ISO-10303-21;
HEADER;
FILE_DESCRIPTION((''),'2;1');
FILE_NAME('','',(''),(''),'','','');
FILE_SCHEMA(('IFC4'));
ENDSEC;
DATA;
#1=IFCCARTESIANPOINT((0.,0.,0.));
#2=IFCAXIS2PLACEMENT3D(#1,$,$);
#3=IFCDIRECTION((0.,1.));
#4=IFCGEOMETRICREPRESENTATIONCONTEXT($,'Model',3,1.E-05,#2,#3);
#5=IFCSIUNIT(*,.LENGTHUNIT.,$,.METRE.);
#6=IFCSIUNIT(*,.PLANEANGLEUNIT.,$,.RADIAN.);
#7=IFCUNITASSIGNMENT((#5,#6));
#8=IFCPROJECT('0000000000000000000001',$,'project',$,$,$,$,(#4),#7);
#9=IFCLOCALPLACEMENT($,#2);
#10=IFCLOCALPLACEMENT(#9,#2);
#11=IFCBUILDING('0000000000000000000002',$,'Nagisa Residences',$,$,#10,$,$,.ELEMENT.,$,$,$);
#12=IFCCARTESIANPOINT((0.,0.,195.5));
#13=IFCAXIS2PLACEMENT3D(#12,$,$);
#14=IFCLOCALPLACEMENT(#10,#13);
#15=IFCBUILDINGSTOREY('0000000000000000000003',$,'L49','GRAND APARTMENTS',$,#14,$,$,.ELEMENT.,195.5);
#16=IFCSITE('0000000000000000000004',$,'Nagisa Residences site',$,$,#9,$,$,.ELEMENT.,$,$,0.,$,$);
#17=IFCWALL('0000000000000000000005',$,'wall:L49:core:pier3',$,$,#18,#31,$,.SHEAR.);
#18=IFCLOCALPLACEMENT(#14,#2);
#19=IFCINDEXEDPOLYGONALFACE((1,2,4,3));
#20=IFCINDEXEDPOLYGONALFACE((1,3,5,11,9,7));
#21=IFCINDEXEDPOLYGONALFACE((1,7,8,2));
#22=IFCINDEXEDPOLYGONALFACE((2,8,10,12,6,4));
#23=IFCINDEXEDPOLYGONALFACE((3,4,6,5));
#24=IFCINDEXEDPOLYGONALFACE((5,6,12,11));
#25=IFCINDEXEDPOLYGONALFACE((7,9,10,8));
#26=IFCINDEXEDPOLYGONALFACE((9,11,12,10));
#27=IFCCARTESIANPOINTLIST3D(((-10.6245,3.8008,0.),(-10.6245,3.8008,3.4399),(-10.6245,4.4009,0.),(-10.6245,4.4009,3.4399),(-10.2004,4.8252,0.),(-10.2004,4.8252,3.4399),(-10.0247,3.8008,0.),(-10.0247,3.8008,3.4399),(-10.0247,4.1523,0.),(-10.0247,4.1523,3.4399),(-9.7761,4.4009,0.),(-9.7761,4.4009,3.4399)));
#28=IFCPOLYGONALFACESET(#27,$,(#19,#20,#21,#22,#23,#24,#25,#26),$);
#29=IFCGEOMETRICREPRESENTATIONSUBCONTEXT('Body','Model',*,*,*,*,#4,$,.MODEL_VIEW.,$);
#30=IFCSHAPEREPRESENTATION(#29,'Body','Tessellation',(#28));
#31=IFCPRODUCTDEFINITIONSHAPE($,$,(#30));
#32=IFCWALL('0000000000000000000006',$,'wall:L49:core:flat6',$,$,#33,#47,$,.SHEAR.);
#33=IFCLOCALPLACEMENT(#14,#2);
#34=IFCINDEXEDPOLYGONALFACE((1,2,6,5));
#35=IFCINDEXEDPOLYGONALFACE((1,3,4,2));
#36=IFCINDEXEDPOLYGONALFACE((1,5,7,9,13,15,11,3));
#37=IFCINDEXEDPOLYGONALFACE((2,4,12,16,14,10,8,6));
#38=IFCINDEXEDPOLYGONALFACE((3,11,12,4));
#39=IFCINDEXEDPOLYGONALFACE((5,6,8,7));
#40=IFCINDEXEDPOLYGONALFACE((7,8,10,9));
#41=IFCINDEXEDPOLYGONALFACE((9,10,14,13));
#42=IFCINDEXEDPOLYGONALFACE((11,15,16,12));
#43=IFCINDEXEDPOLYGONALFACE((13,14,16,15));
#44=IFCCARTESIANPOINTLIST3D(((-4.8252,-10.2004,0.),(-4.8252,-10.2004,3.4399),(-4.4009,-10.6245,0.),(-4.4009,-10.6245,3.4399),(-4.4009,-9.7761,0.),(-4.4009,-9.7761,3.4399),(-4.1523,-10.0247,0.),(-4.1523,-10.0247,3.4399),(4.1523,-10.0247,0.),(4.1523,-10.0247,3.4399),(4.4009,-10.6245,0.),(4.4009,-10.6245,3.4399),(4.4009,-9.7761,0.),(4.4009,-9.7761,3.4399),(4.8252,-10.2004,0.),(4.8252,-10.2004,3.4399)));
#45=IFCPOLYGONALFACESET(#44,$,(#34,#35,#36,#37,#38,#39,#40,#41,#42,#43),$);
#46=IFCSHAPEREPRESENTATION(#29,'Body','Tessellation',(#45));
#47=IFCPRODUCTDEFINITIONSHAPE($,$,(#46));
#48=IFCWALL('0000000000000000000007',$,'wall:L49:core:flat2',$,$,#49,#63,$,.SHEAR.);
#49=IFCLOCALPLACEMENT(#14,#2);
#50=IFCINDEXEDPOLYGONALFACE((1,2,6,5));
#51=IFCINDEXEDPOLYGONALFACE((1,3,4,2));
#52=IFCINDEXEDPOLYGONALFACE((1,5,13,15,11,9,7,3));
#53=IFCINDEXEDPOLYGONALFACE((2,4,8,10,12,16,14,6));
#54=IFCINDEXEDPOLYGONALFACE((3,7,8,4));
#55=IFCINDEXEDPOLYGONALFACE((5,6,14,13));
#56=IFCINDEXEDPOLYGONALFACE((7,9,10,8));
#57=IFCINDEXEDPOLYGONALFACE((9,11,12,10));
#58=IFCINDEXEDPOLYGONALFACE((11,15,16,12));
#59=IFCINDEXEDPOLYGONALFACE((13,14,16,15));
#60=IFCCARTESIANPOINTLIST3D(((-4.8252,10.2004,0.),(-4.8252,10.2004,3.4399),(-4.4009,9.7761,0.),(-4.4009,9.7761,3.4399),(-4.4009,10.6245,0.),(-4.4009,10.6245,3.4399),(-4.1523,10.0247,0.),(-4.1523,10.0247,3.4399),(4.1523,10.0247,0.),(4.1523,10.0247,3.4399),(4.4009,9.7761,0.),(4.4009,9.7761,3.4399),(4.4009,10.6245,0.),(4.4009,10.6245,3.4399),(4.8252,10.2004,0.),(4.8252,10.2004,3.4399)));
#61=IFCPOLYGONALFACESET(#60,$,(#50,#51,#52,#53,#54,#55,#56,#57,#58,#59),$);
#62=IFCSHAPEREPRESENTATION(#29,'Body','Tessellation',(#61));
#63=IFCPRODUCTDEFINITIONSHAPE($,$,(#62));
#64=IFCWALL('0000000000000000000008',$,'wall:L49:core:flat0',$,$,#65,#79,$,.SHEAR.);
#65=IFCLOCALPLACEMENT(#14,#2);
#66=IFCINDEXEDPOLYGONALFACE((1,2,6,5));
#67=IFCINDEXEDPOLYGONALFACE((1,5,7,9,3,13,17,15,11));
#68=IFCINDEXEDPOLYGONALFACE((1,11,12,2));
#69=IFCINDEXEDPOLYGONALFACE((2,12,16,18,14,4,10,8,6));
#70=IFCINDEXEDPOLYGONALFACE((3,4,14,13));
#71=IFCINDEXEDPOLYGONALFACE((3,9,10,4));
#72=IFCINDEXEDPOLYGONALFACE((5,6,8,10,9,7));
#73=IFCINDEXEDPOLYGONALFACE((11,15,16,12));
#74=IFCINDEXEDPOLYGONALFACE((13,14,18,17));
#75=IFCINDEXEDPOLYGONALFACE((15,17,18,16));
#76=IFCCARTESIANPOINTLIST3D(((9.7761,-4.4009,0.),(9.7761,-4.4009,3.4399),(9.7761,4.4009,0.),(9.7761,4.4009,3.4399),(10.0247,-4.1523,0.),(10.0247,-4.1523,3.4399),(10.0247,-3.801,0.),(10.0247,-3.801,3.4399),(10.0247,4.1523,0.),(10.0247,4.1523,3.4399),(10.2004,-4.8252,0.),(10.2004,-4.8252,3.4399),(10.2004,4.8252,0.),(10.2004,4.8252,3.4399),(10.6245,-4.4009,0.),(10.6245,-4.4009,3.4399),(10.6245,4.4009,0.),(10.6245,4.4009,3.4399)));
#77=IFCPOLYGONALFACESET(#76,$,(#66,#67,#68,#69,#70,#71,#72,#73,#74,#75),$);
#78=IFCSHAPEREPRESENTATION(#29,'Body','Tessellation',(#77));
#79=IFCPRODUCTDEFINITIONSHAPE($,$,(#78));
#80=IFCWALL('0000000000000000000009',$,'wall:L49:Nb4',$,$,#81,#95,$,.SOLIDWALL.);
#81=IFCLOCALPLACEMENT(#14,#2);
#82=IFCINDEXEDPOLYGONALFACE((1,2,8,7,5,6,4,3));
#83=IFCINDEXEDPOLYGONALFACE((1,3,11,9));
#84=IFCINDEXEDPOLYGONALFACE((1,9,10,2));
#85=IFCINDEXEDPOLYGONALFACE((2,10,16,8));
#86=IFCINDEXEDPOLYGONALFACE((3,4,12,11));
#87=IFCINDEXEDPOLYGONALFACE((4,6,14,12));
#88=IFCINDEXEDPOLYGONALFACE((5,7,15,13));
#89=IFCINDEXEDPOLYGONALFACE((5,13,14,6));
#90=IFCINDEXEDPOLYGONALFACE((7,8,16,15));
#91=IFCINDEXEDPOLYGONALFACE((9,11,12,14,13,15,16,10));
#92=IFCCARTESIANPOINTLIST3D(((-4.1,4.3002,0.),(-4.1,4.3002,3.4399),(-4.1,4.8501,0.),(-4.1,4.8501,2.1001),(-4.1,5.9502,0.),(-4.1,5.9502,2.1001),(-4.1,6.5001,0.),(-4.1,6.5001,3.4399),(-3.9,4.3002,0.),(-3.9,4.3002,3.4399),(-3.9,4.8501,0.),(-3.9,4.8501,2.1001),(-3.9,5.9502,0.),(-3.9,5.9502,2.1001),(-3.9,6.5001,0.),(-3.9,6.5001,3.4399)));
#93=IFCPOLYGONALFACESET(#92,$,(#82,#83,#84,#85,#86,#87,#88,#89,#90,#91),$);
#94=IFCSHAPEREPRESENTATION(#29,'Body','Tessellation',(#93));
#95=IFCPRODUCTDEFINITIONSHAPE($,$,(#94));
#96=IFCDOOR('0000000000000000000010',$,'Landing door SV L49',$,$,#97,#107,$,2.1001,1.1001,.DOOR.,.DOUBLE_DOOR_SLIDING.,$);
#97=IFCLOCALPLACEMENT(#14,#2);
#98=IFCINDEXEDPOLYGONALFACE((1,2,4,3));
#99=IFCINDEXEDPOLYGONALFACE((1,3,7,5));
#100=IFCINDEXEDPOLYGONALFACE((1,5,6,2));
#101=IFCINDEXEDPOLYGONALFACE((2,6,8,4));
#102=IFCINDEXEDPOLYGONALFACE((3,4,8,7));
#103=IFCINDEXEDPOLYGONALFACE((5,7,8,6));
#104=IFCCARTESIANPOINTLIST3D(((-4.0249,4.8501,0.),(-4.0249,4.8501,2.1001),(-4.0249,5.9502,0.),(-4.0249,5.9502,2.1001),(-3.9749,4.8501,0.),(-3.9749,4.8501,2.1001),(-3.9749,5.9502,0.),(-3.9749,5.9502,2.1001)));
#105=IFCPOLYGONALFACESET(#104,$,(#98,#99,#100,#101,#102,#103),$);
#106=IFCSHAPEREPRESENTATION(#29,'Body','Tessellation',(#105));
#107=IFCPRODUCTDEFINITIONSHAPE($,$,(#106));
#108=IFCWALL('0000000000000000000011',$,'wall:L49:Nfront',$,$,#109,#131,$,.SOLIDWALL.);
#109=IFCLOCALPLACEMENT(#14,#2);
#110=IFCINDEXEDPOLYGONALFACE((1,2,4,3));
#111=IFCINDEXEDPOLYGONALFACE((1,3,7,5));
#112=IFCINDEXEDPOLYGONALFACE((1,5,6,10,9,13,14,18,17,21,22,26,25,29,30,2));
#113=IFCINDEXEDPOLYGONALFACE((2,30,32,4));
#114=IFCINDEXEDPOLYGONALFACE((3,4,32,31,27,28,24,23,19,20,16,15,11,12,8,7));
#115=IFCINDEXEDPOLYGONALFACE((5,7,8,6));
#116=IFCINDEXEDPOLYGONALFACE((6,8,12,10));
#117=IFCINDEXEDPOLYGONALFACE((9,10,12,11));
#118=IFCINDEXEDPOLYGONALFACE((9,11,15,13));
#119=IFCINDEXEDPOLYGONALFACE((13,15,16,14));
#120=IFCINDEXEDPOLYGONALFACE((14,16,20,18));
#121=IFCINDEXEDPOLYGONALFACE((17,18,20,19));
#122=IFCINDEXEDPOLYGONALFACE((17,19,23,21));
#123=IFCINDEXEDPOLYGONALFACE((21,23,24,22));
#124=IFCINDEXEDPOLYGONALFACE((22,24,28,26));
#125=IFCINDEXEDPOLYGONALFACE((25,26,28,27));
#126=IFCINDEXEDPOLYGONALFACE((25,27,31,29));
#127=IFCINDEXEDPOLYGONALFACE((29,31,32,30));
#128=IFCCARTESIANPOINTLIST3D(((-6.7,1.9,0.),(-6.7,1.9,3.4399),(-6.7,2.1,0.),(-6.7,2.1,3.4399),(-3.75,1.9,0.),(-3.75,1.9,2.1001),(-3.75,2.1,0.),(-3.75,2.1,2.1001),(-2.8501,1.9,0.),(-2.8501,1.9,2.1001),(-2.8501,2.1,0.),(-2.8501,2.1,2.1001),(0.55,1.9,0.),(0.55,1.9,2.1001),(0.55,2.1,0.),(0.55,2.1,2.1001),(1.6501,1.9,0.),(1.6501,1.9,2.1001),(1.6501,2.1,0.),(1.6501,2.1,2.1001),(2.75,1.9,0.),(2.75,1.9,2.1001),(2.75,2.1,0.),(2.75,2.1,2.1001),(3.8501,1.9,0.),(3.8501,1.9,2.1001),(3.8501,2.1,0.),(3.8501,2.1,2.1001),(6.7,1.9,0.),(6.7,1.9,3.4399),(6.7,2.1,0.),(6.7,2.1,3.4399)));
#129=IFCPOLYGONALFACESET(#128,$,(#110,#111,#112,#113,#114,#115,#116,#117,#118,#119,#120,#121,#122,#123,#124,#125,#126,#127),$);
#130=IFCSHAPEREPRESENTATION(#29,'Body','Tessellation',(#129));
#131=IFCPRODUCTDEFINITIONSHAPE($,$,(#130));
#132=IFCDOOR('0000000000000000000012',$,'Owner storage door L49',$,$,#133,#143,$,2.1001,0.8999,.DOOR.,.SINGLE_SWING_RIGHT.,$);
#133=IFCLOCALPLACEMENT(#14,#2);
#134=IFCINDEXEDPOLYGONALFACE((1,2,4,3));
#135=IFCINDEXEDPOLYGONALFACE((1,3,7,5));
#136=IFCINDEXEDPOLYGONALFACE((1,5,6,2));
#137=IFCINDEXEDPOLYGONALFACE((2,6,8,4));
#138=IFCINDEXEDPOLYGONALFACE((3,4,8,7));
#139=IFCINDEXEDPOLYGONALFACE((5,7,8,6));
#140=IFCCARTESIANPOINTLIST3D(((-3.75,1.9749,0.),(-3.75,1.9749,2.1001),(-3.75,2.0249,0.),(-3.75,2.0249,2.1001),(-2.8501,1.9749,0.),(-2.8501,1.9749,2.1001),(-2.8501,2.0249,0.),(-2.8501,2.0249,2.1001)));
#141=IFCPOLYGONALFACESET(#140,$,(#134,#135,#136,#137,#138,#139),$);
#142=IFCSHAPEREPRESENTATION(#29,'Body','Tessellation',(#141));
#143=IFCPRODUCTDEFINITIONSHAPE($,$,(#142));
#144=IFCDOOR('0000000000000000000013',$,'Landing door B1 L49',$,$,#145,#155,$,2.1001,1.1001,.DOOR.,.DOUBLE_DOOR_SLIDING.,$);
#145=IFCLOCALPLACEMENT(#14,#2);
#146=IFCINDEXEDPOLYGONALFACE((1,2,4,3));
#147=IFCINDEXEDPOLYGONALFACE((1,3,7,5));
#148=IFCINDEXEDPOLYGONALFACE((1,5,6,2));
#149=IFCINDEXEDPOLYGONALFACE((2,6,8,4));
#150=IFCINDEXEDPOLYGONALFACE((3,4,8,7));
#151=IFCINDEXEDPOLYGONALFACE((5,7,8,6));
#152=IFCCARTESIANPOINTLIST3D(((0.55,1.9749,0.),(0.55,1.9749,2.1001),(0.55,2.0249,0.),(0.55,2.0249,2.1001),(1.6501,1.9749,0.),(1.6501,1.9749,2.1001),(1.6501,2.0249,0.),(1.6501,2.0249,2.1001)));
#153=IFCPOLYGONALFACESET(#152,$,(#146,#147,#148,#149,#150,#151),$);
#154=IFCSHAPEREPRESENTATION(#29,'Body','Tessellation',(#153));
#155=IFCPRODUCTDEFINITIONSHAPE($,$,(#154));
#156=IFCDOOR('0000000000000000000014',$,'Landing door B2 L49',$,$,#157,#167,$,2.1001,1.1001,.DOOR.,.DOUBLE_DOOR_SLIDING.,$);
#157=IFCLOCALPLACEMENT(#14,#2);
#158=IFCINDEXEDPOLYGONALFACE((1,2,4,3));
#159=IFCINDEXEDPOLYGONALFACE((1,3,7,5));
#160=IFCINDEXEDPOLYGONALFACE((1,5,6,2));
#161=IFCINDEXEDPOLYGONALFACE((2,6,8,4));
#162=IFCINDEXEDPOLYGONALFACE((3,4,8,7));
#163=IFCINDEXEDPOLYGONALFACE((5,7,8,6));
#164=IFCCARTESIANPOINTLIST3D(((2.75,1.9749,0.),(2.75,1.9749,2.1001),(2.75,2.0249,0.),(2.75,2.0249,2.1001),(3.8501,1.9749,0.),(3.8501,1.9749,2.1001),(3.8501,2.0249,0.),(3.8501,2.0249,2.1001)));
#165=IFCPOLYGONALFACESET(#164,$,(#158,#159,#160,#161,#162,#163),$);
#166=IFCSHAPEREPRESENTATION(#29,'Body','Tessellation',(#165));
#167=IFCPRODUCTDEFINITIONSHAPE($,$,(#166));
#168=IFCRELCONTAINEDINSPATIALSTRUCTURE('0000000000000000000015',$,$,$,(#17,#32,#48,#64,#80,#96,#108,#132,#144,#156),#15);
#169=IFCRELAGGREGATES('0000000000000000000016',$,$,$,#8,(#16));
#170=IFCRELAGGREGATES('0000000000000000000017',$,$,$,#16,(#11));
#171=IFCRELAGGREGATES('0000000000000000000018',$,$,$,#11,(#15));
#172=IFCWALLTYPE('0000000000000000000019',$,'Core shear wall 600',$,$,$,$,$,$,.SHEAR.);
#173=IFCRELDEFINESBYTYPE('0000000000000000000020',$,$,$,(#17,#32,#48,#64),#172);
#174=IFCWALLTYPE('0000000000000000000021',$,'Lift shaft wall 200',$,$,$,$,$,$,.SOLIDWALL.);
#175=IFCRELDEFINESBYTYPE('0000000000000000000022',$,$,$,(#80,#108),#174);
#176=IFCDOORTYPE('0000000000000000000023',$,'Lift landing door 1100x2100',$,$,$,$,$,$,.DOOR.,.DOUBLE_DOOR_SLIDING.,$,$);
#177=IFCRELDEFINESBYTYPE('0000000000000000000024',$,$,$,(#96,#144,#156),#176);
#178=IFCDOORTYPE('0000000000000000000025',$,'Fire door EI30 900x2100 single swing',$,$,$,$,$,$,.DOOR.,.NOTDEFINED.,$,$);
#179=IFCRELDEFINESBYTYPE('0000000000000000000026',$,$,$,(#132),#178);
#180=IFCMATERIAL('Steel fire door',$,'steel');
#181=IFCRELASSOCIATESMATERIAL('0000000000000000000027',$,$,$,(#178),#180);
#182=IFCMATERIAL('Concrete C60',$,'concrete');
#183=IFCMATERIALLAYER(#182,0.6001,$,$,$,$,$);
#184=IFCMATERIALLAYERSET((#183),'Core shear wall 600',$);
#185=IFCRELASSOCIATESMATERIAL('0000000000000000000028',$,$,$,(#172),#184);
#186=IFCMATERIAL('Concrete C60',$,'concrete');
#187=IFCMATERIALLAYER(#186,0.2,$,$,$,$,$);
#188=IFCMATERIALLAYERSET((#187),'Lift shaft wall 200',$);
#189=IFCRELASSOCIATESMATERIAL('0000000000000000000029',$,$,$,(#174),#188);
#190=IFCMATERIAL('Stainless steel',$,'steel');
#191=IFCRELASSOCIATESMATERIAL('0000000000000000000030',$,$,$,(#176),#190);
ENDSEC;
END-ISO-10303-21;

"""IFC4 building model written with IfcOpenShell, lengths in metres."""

from ifc_helpers import new_model, si_unit, direction, frame, frame_2d, origin, place, context, subcontext, project, spatial, polyline, rectangle, outline, extrude, material, layer, layer_set, type_object, element, fill, save


model = new_model("IFC4")

# Units and contexts
model_context = context("Model", 3, precision=1e-05, world=origin(), true_north=direction((0.0, 1.0)))
body_context = subcontext(model_context, "Body", "Model", "MODEL_VIEW")
ifc_project = project(units=[si_unit("LENGTHUNIT", "METRE"), si_unit("PLANEANGLEUNIT", "RADIAN")], contexts=[model_context])

# Site, building, storey
site_placement = place(None, origin())
site = spatial("IfcSite", under=ifc_project, at=site_placement, Name="Nagisa Residences site", CompositionType="ELEMENT", RefElevation=0.0)
building_placement = place(site_placement, origin())
building = spatial("IfcBuilding", under=site, at=building_placement, Name="Nagisa Residences", CompositionType="ELEMENT")
storey_placement = place(building_placement, frame((0.0, 0.0, 195.5)))
storey = spatial("IfcBuildingStorey", under=building, at=storey_placement, Name="L49", Description="GRAND APARTMENTS", CompositionType="ELEMENT", Elevation=195.5)

# Shared definitions
ifc_material_1 = material(Name="Steel fire door", Category="steel")
door_type_1 = type_object("IfcDoorType", Name="Fire door EI30 900x2100 single swing", OperationType="NOTDEFINED", PredefinedType="DOOR", material=ifc_material_1)

# Shared definitions
ifc_material_2 = material(Name="Concrete C60", Category="concrete")
ifc_layer_1 = layer(ifc_material_2, 0.6001)
ifc_layer_set_1 = layer_set([ifc_layer_1], Name="Core shear wall 600")
wall_type_1 = type_object("IfcWallType", Name="Core shear wall 600", PredefinedType="SHEAR", material=ifc_layer_set_1)

# Walls
wall_1_placement = place(storey_placement, origin())
element("IfcWall", 1, at=wall_1_placement, inside=storey, type_object=wall_type_1, Name="wall:L49:core:pier3", PredefinedType="SHEAR", context=body_context, shape_type="SweptSolid", body=[
    extrude(outline(polyline([(-10.2004, 4.8252), (-9.7761, 4.4009), (-10.0247, 4.1523), (-10.0247, 3.8008), (-10.6245, 3.8008), (-10.6245, 4.4009), (-10.2004, 4.8252)])), origin(), (0.0, 0.0, 1.0), 3.4399),
])
wall_2_placement = place(storey_placement, origin())
element("IfcWall", 2, at=wall_2_placement, inside=storey, type_object=wall_type_1, Name="wall:L49:core:flat6", PredefinedType="SHEAR", context=body_context, shape_type="SweptSolid", body=[
    extrude(outline(polyline([(-4.1523, -10.0247), (4.1523, -10.0247), (4.4009, -9.7761), (4.8252, -10.2004), (4.4009, -10.6245), (-4.4009, -10.6245), (-4.8252, -10.2004), (-4.4009, -9.7761), (-4.1523, -10.0247)])), origin(), (0.0, 0.0, 1.0), 3.4399),
])
wall_3_placement = place(storey_placement, origin())
element("IfcWall", 3, at=wall_3_placement, inside=storey, type_object=wall_type_1, Name="wall:L49:core:flat2", PredefinedType="SHEAR", context=body_context, shape_type="SweptSolid", body=[
    extrude(outline(polyline([(-4.1523, 10.0247), (-4.4009, 9.7761), (-4.8252, 10.2004), (-4.4009, 10.6245), (4.4009, 10.6245), (4.8252, 10.2004), (4.4009, 9.7761), (4.1523, 10.0247), (-4.1523, 10.0247)])), origin(), (0.0, 0.0, 1.0), 3.4399),
])
wall_4_placement = place(storey_placement, origin())
element("IfcWall", 4, at=wall_4_placement, inside=storey, type_object=wall_type_1, Name="wall:L49:core:flat0", PredefinedType="SHEAR", context=body_context, shape_type="SweptSolid", body=[
    extrude(outline(polyline([(9.7761, -4.4009), (10.0247, -4.1523), (10.0247, -3.801), (10.0247, 4.1523), (9.7761, 4.4009), (10.2004, 4.8252), (10.6245, 4.4009), (10.6245, -4.4009), (10.2004, -4.8252), (9.7761, -4.4009)])), origin(), (0.0, 0.0, 1.0), 3.4399),
])

# Wall, opening, door
ifc_material_3 = material(Name="Concrete C60", Category="concrete")
ifc_layer_2 = layer(ifc_material_3, 0.2)
ifc_layer_set_2 = layer_set([ifc_layer_2], Name="Lift shaft wall 200")
wall_type_2 = type_object("IfcWallType", Name="Lift shaft wall 200", PredefinedType="SOLIDWALL", material=ifc_layer_set_2)
wall_5_placement = place(storey_placement, frame((-4.0, 4.3, 0.0), z_axis=(0.0, 0.0, 1.0), x_axis=(0.0, 1.0, 0.0)))
wall_5 = element("IfcWall", 5, at=wall_5_placement, inside=storey, type_object=wall_type_2, Name="wall:L49:Nb4", PredefinedType="SOLIDWALL", context=body_context, shape_type="SweptSolid", body=[
    extrude(rectangle(XDim=2.2, YDim=0.2, at=frame_2d((1.1001, 0.0))), origin(), (0.0, 0.0, 1.0), 3.4399),
])
opening_1_placement = place(wall_5_placement, frame((0.55, 0.0, 0.0)))
opening_1 = element("IfcOpeningElement", 6, at=opening_1_placement, cuts=wall_5, PredefinedType="OPENING", context=body_context, shape_type="SweptSolid", body=[
    extrude(rectangle(XDim=1.1001, YDim=2.1001, at=frame_2d((0.55, 1.05))), frame((0.0, 0.1099, 0.0), z_axis=(0.0, -1.0, 0.0), x_axis=(1.0, 0.0, 0.0)), (0.0, 0.0, 1.0), 0.22),
])
ifc_material_4 = material(Name="Stainless steel", Category="steel")
door_type_2 = type_object("IfcDoorType", Name="Lift landing door 1100x2100", OperationType="DOUBLE_DOOR_SLIDING", PredefinedType="DOOR", material=ifc_material_4)
door_1_placement = place(opening_1_placement, origin())
door_1 = element("IfcDoor", 7, at=door_1_placement, inside=storey, type_object=door_type_2, Name="Landing door SV L49", OperationType="DOUBLE_DOOR_SLIDING", OverallHeight=2.1001, OverallWidth=1.1001, PredefinedType="DOOR", context=body_context, shape_type="SweptSolid", body=[
    extrude(rectangle(XDim=1.1001, YDim=2.1001, at=frame_2d((0.55, 1.05))), frame((0.0, 0.0249, 0.0), z_axis=(0.0, -1.0, 0.0), x_axis=(1.0, 0.0, 0.0)), (0.0, 0.0, 1.0), 0.05),
])
fill(opening_1, door_1)

# Wall, openings, doors
wall_6_placement = place(storey_placement, frame((-6.7, 2.0, 0.0), z_axis=(0.0, 0.0, 1.0), x_axis=(1.0, 0.0, 0.0)))
wall_6 = element("IfcWall", 8, at=wall_6_placement, inside=storey, type_object=wall_type_2, Name="wall:L49:Nfront", PredefinedType="SOLIDWALL", context=body_context, shape_type="SweptSolid", body=[
    extrude(rectangle(XDim=13.3999, YDim=0.2, at=frame_2d((6.7, 0.0))), origin(), (0.0, 0.0, 1.0), 3.4399),
])
opening_2_placement = place(wall_6_placement, frame((7.25, 0.0, 0.0)))
opening_2 = element("IfcOpeningElement", 9, at=opening_2_placement, cuts=wall_6, PredefinedType="OPENING", context=body_context, shape_type="SweptSolid", body=[
    extrude(rectangle(XDim=1.1001, YDim=2.1001, at=frame_2d((0.55, 1.05))), frame((0.0, 0.1099, 0.0), z_axis=(0.0, -1.0, 0.0), x_axis=(1.0, 0.0, 0.0)), (0.0, 0.0, 1.0), 0.22),
])
opening_3_placement = place(wall_6_placement, frame((9.45, 0.0, 0.0)))
opening_3 = element("IfcOpeningElement", 10, at=opening_3_placement, cuts=wall_6, PredefinedType="OPENING", context=body_context, shape_type="SweptSolid", body=[
    extrude(rectangle(XDim=1.1001, YDim=2.1001, at=frame_2d((0.55, 1.05))), frame((0.0, 0.1099, 0.0), z_axis=(0.0, -1.0, 0.0), x_axis=(1.0, 0.0, 0.0)), (0.0, 0.0, 1.0), 0.22),
])
opening_4_placement = place(wall_6_placement, frame((2.95, 0.0, 0.0)))
opening_4 = element("IfcOpeningElement", 11, at=opening_4_placement, cuts=wall_6, PredefinedType="OPENING", context=body_context, shape_type="SweptSolid", body=[
    extrude(rectangle(XDim=0.8999, YDim=2.1001, at=frame_2d((0.45, 1.05))), frame((0.0, 0.1099, 0.0), z_axis=(0.0, -1.0, 0.0), x_axis=(1.0, 0.0, 0.0)), (0.0, 0.0, 1.0), 0.22),
])
door_2_placement = place(opening_4_placement, origin())
door_2 = element("IfcDoor", 12, at=door_2_placement, inside=storey, type_object=door_type_1, Name="Owner storage door L49", OperationType="SINGLE_SWING_RIGHT", OverallHeight=2.1001, OverallWidth=0.8999, PredefinedType="DOOR", context=body_context, shape_type="SweptSolid", body=[
    extrude(rectangle(XDim=0.8999, YDim=2.1001, at=frame_2d((0.45, 1.05))), frame((0.0, 0.0249, 0.0), z_axis=(0.0, -1.0, 0.0), x_axis=(1.0, 0.0, 0.0)), (0.0, 0.0, 1.0), 0.05),
])
fill(opening_4, door_2)
door_3_placement = place(opening_2_placement, origin())
door_3 = element("IfcDoor", 13, at=door_3_placement, inside=storey, type_object=door_type_2, Name="Landing door B1 L49", OperationType="DOUBLE_DOOR_SLIDING", OverallHeight=2.1001, OverallWidth=1.1001, PredefinedType="DOOR", context=body_context, shape_type="SweptSolid", body=[
    extrude(rectangle(XDim=1.1001, YDim=2.1001, at=frame_2d((0.55, 1.05))), frame((0.0, 0.0249, 0.0), z_axis=(0.0, -1.0, 0.0), x_axis=(1.0, 0.0, 0.0)), (0.0, 0.0, 1.0), 0.05),
])
fill(opening_2, door_3)
door_4_placement = place(opening_3_placement, origin())
door_4 = element("IfcDoor", 14, at=door_4_placement, inside=storey, type_object=door_type_2, Name="Landing door B2 L49", OperationType="DOUBLE_DOOR_SLIDING", OverallHeight=2.1001, OverallWidth=1.1001, PredefinedType="DOOR", context=body_context, shape_type="SweptSolid", body=[
    extrude(rectangle(XDim=1.1001, YDim=2.1001, at=frame_2d((0.55, 1.05))), frame((0.0, 0.0249, 0.0), z_axis=(0.0, -1.0, 0.0), x_axis=(1.0, 0.0, 0.0)), (0.0, 0.0, 1.0), 0.05),
])
fill(opening_3, door_4)

save(model, "model.ifc")
